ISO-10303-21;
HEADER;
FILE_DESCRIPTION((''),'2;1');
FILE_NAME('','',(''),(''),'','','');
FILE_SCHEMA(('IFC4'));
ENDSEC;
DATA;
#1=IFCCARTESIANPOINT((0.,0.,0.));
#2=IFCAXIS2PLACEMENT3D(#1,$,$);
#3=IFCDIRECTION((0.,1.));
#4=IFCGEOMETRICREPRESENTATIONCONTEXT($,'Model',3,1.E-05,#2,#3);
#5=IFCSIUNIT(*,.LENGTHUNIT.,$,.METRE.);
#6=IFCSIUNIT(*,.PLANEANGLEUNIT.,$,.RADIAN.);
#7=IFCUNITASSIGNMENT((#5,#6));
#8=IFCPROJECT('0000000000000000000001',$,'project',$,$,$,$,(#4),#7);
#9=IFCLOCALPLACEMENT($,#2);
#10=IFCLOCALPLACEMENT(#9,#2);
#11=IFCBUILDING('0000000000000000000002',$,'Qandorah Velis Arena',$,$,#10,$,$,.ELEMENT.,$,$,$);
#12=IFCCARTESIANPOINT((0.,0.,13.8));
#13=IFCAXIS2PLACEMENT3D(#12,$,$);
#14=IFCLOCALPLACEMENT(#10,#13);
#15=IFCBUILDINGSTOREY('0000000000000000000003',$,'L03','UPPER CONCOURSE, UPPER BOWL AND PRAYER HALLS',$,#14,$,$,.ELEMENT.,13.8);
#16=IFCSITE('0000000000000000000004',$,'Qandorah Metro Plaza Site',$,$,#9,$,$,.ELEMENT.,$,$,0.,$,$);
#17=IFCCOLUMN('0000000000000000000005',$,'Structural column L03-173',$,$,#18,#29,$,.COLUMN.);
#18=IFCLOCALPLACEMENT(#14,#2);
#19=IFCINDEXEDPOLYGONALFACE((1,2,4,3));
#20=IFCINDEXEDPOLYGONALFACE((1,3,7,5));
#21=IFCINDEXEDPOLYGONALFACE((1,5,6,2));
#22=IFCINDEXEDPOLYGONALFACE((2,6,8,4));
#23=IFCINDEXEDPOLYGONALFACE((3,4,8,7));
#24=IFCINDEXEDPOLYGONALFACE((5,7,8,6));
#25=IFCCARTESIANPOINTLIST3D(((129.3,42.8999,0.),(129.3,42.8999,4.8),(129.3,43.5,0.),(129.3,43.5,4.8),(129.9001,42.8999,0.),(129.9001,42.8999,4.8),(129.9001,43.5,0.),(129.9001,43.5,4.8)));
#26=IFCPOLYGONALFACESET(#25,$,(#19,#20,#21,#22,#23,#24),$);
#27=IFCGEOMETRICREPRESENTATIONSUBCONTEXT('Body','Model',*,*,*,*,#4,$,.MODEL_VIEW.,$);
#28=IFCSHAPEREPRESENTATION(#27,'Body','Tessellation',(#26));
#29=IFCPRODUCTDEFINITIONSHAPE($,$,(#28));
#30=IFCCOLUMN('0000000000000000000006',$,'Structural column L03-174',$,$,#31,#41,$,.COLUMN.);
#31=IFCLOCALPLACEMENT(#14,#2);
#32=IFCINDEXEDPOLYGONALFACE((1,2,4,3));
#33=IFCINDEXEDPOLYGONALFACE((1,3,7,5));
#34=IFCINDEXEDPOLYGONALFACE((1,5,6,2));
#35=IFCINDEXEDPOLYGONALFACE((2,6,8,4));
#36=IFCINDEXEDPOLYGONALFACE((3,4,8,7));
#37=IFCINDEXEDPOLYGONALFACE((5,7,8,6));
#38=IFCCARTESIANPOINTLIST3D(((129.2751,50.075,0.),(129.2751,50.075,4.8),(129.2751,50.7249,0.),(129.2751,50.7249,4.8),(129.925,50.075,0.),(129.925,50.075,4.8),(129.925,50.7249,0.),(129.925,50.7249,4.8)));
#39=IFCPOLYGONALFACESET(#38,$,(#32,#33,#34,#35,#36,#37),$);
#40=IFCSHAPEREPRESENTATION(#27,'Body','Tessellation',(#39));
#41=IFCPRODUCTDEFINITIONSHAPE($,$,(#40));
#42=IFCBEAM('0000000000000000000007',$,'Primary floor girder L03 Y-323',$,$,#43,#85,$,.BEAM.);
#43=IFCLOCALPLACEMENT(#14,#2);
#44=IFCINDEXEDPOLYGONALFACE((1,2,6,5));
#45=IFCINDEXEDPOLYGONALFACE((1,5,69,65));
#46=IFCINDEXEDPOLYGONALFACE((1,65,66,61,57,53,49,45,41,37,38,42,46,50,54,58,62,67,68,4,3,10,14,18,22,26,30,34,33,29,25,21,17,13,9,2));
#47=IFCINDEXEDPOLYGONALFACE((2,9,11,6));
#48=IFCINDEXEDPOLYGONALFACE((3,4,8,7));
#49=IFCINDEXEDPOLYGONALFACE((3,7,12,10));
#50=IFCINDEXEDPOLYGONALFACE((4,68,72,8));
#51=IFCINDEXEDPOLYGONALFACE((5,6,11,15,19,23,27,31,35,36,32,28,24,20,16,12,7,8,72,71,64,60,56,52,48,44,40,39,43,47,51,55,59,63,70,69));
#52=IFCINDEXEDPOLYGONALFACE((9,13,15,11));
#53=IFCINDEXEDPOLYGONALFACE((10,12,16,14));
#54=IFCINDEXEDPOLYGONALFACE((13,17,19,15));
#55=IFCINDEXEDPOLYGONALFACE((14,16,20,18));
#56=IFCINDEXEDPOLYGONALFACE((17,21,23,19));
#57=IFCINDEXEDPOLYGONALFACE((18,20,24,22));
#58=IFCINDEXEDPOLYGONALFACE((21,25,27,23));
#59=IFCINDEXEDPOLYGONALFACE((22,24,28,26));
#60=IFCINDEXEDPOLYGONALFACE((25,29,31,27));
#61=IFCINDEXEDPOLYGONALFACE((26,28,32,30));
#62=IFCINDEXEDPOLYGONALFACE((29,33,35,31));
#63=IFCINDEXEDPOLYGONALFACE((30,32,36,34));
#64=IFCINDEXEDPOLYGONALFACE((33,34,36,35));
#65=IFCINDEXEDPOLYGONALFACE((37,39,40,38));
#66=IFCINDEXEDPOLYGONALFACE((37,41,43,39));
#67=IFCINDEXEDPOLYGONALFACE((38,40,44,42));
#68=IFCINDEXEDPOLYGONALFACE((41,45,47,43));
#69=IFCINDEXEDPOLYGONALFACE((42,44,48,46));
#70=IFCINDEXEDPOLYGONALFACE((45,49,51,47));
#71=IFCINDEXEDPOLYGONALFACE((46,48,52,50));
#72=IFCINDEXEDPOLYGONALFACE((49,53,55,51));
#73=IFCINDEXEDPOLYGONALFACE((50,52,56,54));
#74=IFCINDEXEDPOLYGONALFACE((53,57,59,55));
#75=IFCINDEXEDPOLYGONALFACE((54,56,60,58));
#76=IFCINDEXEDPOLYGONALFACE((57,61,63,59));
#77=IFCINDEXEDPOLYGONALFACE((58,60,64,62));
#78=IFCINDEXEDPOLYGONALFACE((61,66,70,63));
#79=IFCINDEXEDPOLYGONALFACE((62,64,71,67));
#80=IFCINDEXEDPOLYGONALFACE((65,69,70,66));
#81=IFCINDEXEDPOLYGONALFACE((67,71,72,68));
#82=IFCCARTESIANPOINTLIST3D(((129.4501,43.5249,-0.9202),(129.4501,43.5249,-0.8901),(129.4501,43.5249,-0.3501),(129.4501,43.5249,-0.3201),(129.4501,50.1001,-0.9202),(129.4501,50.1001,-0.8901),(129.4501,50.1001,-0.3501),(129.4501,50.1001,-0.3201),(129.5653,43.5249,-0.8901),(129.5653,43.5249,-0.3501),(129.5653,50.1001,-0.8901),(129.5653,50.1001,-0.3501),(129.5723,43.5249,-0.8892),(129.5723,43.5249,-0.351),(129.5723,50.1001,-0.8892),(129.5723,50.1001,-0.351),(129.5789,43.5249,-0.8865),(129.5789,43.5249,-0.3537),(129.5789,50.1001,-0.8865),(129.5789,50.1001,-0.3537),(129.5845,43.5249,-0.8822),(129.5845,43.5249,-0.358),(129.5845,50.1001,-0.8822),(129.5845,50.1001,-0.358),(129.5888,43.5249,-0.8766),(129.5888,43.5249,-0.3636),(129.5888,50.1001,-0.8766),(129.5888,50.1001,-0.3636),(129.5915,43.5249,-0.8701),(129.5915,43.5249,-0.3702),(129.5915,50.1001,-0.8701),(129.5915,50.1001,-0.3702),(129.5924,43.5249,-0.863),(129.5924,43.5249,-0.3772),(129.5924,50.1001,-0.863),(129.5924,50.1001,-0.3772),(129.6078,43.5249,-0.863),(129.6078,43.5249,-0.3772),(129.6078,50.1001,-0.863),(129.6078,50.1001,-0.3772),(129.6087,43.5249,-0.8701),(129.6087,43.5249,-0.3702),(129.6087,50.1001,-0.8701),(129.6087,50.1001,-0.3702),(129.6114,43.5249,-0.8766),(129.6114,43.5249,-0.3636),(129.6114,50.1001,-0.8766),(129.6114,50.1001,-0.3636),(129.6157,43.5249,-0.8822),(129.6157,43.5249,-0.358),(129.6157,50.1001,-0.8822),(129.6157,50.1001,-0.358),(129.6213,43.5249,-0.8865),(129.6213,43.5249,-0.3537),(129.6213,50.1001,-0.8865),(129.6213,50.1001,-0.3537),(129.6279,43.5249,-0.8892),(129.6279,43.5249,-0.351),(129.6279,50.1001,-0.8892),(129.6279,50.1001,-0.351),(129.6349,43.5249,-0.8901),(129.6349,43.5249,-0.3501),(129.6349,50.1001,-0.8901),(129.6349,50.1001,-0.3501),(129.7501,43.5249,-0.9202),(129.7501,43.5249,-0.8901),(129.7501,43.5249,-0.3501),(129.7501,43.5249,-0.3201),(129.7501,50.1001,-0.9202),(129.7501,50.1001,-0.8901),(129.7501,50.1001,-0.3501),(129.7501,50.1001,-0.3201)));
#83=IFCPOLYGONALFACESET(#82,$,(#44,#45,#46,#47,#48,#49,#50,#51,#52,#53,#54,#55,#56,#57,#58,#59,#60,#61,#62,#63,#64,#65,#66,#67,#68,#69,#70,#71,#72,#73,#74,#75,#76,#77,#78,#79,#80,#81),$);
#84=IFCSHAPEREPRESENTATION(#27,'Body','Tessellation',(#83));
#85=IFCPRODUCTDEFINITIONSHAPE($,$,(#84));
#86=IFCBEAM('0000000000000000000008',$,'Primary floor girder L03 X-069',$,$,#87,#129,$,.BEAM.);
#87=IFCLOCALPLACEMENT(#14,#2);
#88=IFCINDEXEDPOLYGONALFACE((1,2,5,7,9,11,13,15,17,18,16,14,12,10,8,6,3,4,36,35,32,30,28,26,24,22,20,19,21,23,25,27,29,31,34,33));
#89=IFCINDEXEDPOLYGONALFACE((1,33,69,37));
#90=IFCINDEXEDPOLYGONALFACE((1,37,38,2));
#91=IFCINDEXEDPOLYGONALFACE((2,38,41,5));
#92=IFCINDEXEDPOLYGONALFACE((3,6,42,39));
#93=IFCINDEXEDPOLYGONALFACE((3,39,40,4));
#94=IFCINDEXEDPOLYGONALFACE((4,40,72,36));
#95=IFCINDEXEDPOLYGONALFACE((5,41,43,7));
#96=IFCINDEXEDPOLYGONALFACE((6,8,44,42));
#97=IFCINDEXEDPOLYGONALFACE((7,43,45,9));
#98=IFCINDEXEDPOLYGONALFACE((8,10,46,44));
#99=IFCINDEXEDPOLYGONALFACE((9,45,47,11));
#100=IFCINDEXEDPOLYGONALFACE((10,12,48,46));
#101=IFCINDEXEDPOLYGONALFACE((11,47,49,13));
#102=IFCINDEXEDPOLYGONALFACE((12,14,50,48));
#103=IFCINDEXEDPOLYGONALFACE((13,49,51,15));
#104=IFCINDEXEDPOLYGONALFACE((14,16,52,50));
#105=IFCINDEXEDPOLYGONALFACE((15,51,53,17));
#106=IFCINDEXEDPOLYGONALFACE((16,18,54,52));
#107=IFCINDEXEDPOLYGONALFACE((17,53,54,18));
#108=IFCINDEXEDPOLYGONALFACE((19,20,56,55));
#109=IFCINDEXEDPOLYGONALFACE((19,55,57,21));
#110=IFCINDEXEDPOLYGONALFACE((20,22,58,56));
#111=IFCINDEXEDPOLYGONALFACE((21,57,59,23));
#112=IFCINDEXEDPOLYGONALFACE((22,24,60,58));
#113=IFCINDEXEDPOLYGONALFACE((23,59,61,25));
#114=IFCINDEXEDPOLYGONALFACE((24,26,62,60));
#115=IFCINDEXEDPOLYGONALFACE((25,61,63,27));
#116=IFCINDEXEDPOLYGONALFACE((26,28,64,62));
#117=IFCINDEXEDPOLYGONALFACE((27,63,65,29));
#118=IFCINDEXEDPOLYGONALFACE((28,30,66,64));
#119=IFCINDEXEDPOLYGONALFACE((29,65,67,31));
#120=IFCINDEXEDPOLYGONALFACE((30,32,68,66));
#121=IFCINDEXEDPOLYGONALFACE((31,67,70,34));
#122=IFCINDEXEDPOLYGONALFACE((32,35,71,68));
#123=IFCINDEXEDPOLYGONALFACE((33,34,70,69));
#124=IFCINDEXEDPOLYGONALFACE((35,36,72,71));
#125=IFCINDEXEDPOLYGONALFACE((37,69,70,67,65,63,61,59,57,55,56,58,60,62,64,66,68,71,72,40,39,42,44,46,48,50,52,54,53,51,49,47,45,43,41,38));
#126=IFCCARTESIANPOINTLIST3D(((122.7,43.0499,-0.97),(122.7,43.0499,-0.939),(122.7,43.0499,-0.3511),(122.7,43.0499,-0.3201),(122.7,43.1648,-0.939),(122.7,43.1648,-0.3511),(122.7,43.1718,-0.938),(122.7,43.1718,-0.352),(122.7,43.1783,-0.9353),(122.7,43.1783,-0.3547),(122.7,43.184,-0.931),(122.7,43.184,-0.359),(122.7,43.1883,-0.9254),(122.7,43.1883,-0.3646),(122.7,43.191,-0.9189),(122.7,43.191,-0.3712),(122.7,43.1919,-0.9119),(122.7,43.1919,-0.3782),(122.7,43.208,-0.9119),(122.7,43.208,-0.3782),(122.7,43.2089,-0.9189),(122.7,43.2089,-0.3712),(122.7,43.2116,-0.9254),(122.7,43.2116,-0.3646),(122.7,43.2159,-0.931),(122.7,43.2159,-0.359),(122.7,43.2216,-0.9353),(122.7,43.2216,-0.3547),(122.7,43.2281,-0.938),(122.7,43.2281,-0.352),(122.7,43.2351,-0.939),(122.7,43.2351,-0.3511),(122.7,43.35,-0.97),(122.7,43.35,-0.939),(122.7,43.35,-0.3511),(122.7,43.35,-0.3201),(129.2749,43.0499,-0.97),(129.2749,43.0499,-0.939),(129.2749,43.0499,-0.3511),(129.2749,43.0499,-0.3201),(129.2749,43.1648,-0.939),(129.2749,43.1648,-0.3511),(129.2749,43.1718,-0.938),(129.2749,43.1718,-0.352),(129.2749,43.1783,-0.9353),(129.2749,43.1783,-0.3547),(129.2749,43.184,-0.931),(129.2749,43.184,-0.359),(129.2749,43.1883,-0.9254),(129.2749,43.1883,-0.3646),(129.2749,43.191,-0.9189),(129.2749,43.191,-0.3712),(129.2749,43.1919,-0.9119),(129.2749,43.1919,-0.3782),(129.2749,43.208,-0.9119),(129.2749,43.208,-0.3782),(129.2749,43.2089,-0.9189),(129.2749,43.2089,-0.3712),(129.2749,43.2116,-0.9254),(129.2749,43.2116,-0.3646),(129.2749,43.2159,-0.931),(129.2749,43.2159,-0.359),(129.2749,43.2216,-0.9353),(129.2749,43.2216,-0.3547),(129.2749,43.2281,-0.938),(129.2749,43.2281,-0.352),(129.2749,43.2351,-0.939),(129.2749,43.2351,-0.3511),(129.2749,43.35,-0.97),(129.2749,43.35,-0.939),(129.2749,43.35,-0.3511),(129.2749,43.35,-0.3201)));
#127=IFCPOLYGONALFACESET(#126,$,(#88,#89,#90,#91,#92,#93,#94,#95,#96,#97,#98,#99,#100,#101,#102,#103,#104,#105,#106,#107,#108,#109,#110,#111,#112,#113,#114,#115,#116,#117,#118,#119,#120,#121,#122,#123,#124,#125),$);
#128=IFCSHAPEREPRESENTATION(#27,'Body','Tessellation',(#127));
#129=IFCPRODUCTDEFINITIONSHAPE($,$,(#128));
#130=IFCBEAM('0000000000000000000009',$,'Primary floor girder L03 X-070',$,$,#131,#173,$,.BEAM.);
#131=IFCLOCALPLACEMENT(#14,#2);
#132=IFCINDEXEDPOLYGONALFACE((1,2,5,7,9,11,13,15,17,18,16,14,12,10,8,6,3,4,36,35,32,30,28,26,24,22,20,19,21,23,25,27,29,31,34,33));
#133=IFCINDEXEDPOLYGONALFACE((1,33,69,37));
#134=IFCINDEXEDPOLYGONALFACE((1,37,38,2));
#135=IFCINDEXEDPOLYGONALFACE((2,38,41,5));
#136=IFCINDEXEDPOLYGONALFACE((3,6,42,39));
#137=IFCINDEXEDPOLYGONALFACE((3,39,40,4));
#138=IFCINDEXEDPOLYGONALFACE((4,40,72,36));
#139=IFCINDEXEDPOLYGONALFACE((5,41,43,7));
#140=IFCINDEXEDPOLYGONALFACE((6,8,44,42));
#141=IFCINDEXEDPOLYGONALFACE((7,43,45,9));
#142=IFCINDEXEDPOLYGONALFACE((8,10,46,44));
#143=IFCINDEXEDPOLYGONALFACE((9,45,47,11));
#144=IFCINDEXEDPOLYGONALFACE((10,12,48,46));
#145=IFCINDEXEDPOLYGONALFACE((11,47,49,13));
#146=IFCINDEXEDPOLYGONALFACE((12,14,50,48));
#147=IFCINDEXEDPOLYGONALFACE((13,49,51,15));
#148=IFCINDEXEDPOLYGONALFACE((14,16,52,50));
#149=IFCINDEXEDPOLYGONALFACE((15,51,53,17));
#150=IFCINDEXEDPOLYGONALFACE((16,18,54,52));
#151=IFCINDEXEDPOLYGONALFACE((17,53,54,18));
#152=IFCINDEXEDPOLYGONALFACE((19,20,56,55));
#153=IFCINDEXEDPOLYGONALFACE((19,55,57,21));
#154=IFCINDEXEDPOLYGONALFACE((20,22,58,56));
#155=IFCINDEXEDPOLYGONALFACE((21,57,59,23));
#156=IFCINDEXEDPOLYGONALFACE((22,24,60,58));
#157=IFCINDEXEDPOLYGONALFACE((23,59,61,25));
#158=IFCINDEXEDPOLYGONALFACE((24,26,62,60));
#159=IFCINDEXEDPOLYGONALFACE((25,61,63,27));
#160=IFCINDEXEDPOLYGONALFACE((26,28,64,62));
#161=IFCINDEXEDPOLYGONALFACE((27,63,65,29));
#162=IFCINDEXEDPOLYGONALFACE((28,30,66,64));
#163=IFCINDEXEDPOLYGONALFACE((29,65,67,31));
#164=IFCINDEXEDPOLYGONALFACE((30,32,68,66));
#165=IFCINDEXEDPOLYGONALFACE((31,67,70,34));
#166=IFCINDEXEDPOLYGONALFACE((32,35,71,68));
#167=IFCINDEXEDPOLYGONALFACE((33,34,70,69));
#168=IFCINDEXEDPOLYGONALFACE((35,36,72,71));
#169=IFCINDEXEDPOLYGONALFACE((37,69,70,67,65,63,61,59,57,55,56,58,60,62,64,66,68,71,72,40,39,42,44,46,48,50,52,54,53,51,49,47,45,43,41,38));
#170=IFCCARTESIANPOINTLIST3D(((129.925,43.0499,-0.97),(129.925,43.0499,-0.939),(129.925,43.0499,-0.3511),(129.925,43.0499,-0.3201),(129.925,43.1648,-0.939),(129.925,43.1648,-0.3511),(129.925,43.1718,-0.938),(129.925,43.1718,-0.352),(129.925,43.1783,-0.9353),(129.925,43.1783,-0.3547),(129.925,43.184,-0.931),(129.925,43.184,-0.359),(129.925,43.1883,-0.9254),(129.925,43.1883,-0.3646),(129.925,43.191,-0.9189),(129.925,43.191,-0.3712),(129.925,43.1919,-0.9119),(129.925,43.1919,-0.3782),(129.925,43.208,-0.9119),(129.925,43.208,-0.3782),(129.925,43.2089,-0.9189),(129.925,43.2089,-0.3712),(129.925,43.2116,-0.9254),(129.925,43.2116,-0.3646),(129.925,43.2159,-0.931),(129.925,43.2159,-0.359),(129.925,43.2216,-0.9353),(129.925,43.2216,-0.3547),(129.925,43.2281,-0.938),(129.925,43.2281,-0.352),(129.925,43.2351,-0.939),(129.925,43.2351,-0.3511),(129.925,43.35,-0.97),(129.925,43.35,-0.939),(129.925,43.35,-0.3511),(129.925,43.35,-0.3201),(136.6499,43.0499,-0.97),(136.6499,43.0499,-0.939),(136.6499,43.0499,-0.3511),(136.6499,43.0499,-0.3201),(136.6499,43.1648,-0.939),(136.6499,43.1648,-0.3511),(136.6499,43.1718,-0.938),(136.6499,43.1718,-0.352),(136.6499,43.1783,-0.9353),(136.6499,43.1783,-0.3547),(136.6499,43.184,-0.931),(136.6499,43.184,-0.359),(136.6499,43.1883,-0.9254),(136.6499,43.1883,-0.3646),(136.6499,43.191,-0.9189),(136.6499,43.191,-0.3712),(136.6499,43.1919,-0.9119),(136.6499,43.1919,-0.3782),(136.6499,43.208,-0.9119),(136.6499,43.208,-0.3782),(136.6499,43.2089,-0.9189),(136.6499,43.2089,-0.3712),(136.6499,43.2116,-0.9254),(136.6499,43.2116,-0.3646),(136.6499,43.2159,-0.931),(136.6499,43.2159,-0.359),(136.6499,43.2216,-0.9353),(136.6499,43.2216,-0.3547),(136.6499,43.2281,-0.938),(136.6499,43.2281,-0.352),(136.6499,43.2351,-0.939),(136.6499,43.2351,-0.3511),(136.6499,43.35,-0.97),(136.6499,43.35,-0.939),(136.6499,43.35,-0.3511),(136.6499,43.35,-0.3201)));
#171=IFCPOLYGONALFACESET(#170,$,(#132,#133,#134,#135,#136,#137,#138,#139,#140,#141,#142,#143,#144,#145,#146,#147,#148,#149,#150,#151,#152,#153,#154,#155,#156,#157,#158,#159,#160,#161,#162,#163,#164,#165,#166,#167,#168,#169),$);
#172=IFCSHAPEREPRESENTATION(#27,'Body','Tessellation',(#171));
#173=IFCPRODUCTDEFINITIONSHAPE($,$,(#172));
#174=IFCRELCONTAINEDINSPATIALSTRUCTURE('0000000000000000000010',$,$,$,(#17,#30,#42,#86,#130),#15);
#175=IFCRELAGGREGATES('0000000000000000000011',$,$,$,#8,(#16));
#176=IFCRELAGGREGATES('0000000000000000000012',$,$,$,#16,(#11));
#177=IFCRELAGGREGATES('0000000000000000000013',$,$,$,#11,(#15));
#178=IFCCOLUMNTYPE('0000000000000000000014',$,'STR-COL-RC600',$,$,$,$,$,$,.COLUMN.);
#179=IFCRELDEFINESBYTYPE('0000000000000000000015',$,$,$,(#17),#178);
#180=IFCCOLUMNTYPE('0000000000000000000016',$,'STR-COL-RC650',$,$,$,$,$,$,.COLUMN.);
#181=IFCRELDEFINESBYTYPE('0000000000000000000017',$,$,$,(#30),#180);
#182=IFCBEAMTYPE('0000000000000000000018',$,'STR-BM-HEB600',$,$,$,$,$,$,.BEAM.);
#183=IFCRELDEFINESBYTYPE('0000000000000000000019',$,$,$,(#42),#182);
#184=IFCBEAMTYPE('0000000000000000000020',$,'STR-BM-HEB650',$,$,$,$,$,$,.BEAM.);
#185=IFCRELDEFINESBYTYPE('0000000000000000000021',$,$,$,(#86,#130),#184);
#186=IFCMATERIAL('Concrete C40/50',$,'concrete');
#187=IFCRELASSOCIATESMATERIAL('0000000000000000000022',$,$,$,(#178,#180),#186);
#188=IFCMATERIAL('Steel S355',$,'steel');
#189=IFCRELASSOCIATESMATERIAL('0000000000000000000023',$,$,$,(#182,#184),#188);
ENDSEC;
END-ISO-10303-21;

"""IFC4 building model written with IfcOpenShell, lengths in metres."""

from ifc_helpers import new_model, si_unit, direction, frame, origin, origin_2d, place, context, subcontext, project, spatial, rectangle, i_section, extrude, material, material_profile, profile_set, type_object, element, save


model = new_model("IFC4")

# Units and contexts
model_context = context("Model", 3, precision=1e-05, world=origin(), true_north=direction((0.0, 1.0)))
body_context = subcontext(model_context, "Body", "Model", "MODEL_VIEW")
ifc_project = project(units=[si_unit("LENGTHUNIT", "METRE"), si_unit("PLANEANGLEUNIT", "RADIAN")], contexts=[model_context])

# Site, building, storey
site_placement = place(None, origin())
site = spatial("IfcSite", under=ifc_project, at=site_placement, Name="Qandorah Metro Plaza Site", CompositionType="ELEMENT", RefElevation=0.0)
building_placement = place(site_placement, origin())
building = spatial("IfcBuilding", under=site, at=building_placement, Name="Qandorah Velis Arena", CompositionType="ELEMENT")
storey_placement = place(building_placement, frame((0.0, 0.0, 13.8)))
storey = spatial("IfcBuildingStorey", under=building, at=storey_placement, Name="L03", Description="UPPER CONCOURSE, UPPER BOWL AND PRAYER HALLS", CompositionType="ELEMENT", Elevation=13.8)

# Columns
ifc_material_1 = material(Name="Concrete C40/50", Category="concrete")
ifc_material_profile_1 = material_profile(ifc_material_1, rectangle(XDim=0.6001, YDim=0.6001, at=origin_2d()), Name="RC COL 600x600")
ifc_profile_set_1 = profile_set([ifc_material_profile_1], Name="Concrete C40/50")
column_type_1 = type_object("IfcColumnType", Name="STR-COL-RC600", PredefinedType="COLUMN", material=ifc_profile_set_1)
column_1_placement = place(storey_placement, frame((129.6001, 43.2, 0.0), z_axis=(0.0, 0.0, 1.0), x_axis=(1.0, 0.0, 0.0)))
element("IfcColumn", 1, at=column_1_placement, inside=storey, type_object=column_type_1, Name="Structural column L03-173", PredefinedType="COLUMN", context=body_context, shape_type="SweptSolid", body=[
    extrude(rectangle(XDim=0.6001, YDim=0.6001, at=origin_2d()), origin(), (0.0, 0.0, 1.0), 4.8),
])
ifc_material_profile_2 = material_profile(ifc_material_1, rectangle(XDim=0.6499, YDim=0.6499, at=origin_2d()), Name="RC COL 650x650")
ifc_profile_set_2 = profile_set([ifc_material_profile_2], Name="Concrete C40/50")
column_type_2 = type_object("IfcColumnType", Name="STR-COL-RC650", PredefinedType="COLUMN", material=ifc_profile_set_2)
column_2_placement = place(storey_placement, frame((129.6001, 50.3999, 0.0), z_axis=(0.0, 0.0, 1.0), x_axis=(1.0, 0.0, 0.0)))
element("IfcColumn", 2, at=column_2_placement, inside=storey, type_object=column_type_2, Name="Structural column L03-174", PredefinedType="COLUMN", context=body_context, shape_type="SweptSolid", body=[
    extrude(rectangle(XDim=0.6499, YDim=0.6499, at=origin_2d()), origin(), (0.0, 0.0, 1.0), 4.8),
])

# Beams
ifc_material_2 = material(Name="Steel S355", Category="steel")
ifc_material_profile_3 = material_profile(ifc_material_2, i_section(OverallWidth=0.3, OverallDepth=0.6001, WebThickness=0.0154, FlangeThickness=0.03, FilletRadius=0.0271, at=origin_2d()), Name="HEB 600")
ifc_profile_set_3 = profile_set([ifc_material_profile_3], Name="Steel S355")
beam_type_1 = type_object("IfcBeamType", Name="STR-BM-HEB600", PredefinedType="BEAM", material=ifc_profile_set_3)
beam_1_placement = place(storey_placement, frame((129.6001, 43.5249, -0.6201), z_axis=(0.0, 1.0, 0.0), x_axis=(-1.0, 0.0, 0.0)))
element("IfcBeam", 3, at=beam_1_placement, inside=storey, type_object=beam_type_1, Name="Primary floor girder L03 Y-323", PredefinedType="BEAM", context=body_context, shape_type="SweptSolid", body=[
    extrude(i_section(OverallWidth=0.3, OverallDepth=0.6001, WebThickness=0.0154, FlangeThickness=0.03, FilletRadius=0.0271, at=origin_2d()), origin(), (0.0, 0.0, 1.0), 6.5752),
])
ifc_material_profile_4 = material_profile(ifc_material_2, i_section(OverallWidth=0.3, OverallDepth=0.6499, WebThickness=0.0161, FlangeThickness=0.031, FilletRadius=0.0271, at=origin_2d()), Name="HEB 650")
ifc_profile_set_4 = profile_set([ifc_material_profile_4], Name="Steel S355")
beam_type_2 = type_object("IfcBeamType", Name="STR-BM-HEB650", PredefinedType="BEAM", material=ifc_profile_set_4)
beam_2_placement = place(storey_placement, frame((122.7, 43.2, -0.645), z_axis=(1.0, 0.0, 0.0), x_axis=(0.0, 1.0, 0.0)))
element("IfcBeam", 4, at=beam_2_placement, inside=storey, type_object=beam_type_2, Name="Primary floor girder L03 X-069", PredefinedType="BEAM", context=body_context, shape_type="SweptSolid", body=[
    extrude(i_section(OverallWidth=0.3, OverallDepth=0.6499, WebThickness=0.0161, FlangeThickness=0.031, FilletRadius=0.0271, at=origin_2d()), origin(), (0.0, 0.0, 1.0), 6.575),
])
beam_3_placement = place(storey_placement, frame((129.925, 43.2, -0.645), z_axis=(1.0, 0.0, 0.0), x_axis=(0.0, 1.0, 0.0)))
element("IfcBeam", 5, at=beam_3_placement, inside=storey, type_object=beam_type_2, Name="Primary floor girder L03 X-070", PredefinedType="BEAM", context=body_context, shape_type="SweptSolid", body=[
    extrude(i_section(OverallWidth=0.3, OverallDepth=0.6499, WebThickness=0.0161, FlangeThickness=0.031, FilletRadius=0.0271, at=origin_2d()), origin(), (0.0, 0.0, 1.0), 6.7249),
])

save(model, "model.ifc")
